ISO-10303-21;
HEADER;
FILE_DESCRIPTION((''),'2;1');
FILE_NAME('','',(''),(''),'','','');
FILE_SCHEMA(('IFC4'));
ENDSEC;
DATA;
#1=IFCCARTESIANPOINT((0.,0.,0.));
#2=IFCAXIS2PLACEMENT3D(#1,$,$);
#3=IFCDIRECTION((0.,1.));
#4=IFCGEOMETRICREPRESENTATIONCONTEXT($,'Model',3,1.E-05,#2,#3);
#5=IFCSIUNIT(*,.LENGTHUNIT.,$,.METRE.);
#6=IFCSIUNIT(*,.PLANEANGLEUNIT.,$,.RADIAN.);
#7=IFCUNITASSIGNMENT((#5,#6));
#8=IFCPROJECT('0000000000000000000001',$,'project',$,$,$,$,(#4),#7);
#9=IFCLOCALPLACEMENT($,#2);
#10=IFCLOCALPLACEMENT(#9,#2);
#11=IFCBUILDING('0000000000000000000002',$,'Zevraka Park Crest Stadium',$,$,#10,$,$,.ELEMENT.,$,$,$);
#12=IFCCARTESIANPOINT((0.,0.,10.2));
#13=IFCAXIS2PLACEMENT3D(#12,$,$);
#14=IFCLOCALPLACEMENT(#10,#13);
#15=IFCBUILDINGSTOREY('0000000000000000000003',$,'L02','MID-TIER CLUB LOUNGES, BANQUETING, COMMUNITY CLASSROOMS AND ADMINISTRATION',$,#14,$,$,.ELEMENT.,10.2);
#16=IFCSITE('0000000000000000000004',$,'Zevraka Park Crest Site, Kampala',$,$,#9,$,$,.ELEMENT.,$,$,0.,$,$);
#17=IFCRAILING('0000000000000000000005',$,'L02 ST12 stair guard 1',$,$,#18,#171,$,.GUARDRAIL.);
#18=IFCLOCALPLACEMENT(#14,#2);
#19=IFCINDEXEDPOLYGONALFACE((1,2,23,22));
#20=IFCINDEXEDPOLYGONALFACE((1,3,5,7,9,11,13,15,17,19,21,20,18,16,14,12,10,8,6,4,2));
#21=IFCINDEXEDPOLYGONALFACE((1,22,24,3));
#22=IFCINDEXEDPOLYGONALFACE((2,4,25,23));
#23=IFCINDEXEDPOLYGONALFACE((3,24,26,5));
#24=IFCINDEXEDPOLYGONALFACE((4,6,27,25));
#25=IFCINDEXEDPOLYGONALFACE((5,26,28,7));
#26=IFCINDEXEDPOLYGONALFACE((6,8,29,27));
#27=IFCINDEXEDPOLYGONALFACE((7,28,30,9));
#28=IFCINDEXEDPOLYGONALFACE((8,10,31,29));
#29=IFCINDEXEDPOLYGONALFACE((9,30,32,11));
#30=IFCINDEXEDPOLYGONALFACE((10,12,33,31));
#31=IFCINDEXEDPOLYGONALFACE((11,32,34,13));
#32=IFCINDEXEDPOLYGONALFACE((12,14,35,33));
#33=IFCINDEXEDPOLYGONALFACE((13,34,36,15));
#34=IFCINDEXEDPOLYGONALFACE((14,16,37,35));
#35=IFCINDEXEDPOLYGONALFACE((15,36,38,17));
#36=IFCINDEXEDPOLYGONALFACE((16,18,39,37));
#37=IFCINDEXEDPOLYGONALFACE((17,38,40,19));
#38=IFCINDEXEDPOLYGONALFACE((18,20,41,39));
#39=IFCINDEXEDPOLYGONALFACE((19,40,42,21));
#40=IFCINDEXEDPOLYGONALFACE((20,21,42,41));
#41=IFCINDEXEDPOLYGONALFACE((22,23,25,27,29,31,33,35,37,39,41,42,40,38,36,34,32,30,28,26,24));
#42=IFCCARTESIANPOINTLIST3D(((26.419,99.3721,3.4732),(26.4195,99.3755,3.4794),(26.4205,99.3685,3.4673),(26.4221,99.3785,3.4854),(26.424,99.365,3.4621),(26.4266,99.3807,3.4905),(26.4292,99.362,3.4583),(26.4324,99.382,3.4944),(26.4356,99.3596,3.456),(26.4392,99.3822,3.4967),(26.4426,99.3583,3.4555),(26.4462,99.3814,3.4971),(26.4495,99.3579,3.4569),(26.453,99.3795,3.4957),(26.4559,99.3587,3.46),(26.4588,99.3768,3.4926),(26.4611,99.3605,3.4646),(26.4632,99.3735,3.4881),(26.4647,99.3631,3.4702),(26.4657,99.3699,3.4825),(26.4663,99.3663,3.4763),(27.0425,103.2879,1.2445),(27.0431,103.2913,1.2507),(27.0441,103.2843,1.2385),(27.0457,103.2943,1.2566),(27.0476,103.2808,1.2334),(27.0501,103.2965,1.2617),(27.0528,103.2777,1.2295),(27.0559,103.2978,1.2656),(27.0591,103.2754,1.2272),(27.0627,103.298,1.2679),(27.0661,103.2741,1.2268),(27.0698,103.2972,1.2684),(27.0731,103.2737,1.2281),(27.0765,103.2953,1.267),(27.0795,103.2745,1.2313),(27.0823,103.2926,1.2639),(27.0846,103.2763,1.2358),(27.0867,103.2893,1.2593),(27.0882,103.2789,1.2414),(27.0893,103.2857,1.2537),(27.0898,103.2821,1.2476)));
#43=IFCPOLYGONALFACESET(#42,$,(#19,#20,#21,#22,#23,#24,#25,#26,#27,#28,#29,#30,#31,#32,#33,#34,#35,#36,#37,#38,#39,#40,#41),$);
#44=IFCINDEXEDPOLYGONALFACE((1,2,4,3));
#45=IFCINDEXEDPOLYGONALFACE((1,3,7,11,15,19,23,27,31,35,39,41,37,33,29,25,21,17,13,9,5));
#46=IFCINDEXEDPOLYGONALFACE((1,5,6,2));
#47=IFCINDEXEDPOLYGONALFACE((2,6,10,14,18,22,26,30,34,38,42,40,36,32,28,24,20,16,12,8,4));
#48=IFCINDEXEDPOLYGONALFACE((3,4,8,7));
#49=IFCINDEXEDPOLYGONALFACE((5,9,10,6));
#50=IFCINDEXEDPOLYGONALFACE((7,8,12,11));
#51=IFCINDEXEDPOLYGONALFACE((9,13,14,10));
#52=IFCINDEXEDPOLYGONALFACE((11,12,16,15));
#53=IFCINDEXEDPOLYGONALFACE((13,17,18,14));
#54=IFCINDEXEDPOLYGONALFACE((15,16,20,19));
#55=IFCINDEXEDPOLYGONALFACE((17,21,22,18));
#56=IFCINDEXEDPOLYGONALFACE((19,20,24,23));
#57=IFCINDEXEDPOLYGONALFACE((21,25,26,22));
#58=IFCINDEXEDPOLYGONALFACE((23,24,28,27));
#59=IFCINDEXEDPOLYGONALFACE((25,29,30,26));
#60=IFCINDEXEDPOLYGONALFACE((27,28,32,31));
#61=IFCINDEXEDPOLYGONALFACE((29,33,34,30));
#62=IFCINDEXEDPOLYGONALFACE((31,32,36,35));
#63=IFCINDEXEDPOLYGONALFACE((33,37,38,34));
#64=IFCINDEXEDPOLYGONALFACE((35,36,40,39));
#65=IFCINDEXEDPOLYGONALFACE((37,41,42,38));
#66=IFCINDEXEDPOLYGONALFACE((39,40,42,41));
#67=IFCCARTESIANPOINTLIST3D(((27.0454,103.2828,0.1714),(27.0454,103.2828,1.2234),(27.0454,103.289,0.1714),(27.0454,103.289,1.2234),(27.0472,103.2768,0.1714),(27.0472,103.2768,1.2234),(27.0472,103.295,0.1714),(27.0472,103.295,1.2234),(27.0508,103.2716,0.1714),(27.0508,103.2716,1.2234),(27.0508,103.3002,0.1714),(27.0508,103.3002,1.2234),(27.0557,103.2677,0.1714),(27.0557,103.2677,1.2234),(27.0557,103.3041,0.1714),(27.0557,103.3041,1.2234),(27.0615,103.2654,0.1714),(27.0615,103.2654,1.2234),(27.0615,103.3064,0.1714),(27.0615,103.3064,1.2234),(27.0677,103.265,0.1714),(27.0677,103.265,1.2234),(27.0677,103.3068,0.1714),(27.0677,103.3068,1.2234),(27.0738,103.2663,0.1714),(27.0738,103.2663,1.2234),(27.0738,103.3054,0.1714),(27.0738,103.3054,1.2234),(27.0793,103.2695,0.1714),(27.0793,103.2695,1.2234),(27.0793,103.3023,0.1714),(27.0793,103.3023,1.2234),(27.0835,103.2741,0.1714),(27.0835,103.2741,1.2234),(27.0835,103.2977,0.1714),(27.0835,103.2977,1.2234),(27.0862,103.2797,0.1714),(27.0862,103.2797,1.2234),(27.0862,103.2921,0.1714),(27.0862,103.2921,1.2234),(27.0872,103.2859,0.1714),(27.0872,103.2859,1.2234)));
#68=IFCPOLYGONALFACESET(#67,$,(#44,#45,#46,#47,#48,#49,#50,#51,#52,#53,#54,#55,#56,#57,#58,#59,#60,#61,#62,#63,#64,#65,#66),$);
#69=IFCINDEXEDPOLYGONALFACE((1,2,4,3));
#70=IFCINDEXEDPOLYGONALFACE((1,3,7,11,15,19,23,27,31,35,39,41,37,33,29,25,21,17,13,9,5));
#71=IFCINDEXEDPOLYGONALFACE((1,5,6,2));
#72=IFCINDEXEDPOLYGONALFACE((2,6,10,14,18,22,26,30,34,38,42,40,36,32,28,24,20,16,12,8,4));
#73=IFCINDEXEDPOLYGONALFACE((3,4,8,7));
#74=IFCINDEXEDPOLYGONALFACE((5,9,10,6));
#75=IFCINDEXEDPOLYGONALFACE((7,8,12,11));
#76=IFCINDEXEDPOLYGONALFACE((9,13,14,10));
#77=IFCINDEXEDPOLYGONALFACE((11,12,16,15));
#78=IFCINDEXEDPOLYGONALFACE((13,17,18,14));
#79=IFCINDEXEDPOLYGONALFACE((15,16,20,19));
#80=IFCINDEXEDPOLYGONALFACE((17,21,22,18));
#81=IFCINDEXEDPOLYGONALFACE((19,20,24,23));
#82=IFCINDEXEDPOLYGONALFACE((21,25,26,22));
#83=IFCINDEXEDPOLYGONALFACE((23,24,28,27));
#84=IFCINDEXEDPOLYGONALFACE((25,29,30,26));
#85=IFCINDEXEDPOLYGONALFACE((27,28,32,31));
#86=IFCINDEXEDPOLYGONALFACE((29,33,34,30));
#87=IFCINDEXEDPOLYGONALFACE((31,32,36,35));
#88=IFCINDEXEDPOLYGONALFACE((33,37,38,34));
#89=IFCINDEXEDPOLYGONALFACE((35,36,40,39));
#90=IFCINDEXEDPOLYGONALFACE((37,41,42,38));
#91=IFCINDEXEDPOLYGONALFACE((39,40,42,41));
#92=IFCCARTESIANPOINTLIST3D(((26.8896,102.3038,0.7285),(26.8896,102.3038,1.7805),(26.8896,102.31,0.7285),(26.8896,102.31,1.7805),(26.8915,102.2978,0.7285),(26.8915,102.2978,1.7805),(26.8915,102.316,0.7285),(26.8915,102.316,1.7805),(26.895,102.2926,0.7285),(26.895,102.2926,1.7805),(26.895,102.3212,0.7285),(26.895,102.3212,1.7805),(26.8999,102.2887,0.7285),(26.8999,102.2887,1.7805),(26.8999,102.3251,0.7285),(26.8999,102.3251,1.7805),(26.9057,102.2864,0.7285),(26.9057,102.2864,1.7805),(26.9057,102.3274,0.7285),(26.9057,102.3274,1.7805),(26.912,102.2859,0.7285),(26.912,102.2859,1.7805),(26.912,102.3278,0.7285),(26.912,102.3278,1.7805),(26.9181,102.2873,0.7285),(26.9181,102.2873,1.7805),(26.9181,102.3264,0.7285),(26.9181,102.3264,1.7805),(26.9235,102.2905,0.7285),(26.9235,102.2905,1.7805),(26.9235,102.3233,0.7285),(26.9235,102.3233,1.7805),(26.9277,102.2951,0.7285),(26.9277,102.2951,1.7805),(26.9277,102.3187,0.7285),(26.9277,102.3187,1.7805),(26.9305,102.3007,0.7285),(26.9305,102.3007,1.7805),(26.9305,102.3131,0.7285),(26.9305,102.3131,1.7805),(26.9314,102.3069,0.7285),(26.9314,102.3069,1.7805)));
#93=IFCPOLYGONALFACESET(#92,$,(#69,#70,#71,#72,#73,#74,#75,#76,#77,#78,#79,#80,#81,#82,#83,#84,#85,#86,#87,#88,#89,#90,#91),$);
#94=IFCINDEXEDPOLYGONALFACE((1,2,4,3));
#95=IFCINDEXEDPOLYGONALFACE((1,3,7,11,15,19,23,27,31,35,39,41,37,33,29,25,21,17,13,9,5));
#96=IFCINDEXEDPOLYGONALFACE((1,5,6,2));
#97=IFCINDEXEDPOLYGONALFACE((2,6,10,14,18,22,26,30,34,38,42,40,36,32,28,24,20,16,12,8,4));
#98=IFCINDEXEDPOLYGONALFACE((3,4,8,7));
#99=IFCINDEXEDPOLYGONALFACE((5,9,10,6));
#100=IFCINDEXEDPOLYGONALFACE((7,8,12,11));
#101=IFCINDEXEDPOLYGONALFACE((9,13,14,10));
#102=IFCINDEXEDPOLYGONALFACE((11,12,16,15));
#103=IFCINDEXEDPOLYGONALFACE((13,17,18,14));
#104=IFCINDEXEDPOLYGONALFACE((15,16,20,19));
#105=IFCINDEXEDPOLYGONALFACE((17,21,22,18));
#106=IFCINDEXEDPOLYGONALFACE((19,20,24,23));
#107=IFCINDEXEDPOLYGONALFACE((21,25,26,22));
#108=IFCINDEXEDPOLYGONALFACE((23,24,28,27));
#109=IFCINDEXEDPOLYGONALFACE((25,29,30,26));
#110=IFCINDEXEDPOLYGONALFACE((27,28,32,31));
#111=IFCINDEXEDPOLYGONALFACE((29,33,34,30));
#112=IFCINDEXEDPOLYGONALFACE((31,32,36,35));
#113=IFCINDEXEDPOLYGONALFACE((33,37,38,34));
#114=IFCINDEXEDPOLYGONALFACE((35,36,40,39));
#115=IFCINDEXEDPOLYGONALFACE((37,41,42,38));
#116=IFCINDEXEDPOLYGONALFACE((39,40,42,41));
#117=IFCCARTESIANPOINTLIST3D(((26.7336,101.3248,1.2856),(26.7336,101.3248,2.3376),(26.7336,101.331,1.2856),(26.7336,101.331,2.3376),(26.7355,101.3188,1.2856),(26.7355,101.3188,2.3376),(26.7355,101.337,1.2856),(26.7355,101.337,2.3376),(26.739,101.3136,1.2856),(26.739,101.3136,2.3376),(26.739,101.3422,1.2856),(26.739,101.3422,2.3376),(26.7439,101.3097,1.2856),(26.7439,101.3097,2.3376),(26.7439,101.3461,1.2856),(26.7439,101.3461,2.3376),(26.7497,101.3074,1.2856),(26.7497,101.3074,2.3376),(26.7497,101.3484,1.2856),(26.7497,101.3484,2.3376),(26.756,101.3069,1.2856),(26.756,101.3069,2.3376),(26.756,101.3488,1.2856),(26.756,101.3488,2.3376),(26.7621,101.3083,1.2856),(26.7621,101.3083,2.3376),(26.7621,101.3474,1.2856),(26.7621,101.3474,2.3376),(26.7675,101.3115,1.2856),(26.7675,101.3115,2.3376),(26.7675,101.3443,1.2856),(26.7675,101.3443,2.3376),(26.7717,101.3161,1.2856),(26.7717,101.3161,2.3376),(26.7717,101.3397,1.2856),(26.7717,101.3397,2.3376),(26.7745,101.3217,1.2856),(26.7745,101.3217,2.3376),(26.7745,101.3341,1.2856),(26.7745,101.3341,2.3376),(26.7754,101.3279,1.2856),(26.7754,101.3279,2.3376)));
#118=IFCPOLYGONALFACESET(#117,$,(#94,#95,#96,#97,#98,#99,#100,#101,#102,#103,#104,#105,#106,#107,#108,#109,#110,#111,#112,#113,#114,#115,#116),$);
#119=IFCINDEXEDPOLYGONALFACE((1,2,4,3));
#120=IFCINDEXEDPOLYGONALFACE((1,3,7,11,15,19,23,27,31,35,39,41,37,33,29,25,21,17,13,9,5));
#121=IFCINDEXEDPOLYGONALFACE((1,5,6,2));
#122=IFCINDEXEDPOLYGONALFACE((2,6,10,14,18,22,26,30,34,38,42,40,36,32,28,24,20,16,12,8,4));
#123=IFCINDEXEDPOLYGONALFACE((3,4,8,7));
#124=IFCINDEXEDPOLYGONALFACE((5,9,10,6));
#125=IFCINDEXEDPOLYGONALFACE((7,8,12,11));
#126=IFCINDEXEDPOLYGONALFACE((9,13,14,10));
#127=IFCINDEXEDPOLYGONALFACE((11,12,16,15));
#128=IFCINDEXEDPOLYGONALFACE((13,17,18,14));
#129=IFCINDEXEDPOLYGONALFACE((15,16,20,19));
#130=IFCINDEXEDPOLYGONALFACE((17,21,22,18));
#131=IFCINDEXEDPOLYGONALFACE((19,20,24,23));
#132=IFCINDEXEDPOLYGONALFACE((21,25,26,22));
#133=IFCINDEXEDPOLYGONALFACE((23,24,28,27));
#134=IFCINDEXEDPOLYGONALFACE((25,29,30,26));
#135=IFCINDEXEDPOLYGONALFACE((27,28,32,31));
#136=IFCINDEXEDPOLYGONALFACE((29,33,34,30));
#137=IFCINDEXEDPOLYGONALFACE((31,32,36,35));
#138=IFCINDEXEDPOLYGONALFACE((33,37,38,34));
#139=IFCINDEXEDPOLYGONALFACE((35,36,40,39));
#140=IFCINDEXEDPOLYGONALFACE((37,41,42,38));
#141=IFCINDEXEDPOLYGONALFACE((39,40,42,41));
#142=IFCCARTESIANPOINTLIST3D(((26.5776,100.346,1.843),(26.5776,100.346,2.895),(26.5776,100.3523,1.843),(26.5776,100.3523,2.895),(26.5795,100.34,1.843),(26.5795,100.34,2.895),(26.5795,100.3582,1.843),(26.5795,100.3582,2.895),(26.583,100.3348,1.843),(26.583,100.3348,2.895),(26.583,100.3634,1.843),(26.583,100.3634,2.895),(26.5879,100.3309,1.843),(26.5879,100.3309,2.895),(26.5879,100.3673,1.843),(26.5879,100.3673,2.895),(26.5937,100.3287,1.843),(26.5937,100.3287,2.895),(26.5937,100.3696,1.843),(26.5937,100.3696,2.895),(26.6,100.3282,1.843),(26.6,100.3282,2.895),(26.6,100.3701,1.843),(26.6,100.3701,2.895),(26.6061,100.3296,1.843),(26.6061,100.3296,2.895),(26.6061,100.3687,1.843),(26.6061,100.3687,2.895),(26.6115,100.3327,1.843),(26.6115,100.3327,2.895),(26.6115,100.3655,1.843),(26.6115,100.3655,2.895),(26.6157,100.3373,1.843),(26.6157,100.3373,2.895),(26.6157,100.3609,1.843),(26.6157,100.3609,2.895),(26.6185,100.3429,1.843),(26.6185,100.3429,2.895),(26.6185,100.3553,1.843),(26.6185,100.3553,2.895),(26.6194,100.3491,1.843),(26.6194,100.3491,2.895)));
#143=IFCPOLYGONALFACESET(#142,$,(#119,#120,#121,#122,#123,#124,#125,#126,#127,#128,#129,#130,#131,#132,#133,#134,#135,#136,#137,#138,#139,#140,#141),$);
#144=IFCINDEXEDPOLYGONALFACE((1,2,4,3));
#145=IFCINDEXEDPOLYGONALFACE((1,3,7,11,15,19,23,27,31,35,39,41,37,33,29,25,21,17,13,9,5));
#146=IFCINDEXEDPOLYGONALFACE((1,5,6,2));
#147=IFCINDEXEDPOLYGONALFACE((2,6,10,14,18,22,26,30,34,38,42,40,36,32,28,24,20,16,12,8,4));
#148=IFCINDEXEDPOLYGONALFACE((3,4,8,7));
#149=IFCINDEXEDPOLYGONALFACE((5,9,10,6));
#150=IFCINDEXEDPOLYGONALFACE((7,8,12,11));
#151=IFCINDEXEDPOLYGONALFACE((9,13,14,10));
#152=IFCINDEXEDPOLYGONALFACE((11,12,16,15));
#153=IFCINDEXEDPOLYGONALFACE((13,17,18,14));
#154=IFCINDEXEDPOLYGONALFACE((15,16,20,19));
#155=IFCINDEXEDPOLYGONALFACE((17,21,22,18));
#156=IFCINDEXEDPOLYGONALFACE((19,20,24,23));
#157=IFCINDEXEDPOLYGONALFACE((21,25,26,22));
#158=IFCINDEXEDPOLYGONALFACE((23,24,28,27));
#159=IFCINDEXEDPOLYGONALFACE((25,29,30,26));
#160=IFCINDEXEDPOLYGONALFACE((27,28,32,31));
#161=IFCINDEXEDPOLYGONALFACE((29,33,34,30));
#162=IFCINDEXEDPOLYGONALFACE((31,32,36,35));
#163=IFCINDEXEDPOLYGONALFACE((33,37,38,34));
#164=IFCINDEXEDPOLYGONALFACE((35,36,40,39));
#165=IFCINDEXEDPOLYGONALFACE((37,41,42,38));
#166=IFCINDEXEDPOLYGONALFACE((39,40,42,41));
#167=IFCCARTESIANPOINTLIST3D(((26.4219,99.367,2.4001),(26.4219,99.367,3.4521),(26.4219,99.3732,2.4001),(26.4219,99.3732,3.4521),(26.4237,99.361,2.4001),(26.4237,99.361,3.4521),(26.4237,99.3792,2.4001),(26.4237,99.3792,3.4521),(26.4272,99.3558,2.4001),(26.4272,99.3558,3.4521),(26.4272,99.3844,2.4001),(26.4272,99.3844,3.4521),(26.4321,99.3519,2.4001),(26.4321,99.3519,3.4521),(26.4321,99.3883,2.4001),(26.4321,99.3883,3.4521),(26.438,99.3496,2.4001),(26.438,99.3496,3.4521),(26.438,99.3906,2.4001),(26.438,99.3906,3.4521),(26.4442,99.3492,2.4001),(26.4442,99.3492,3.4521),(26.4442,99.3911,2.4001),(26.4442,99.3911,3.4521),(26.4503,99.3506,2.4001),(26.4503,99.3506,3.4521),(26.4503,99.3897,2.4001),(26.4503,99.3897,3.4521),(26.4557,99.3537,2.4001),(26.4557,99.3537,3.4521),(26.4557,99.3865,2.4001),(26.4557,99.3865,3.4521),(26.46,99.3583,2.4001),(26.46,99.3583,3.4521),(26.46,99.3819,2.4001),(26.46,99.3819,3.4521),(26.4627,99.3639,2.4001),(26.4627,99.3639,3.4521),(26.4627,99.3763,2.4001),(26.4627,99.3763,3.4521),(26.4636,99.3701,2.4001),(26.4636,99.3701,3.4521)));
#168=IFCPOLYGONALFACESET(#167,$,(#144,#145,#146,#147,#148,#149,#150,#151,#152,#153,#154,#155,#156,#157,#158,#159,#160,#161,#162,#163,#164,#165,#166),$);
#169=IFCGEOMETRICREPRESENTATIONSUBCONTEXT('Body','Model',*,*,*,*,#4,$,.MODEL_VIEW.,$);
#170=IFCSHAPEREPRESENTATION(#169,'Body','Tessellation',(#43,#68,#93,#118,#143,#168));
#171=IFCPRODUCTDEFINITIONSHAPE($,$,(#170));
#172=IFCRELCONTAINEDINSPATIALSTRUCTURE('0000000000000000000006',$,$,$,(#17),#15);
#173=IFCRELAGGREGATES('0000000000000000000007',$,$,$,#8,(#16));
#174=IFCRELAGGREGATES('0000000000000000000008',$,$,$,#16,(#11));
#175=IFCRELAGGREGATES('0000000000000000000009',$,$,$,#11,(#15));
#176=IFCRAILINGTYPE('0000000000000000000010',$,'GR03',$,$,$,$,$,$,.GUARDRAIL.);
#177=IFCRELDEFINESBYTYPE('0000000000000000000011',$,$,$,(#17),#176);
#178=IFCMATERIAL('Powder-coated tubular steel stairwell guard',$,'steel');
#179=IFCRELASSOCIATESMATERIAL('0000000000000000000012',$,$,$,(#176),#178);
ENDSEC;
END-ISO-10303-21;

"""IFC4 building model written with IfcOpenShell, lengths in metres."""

from ifc_helpers import new_model, si_unit, direction, frame, origin, origin_2d, place, context, subcontext, project, spatial, circle, extrude, material, type_object, element, save


model = new_model("IFC4")

# Units and contexts
model_context = context("Model", 3, precision=1e-05, world=origin(), true_north=direction((0.0, 1.0)))
body_context = subcontext(model_context, "Body", "Model", "MODEL_VIEW")
ifc_project = project(units=[si_unit("LENGTHUNIT", "METRE"), si_unit("PLANEANGLEUNIT", "RADIAN")], contexts=[model_context])

# Site, building, storey
site_placement = place(None, origin())
site = spatial("IfcSite", under=ifc_project, at=site_placement, Name="Zevraka Park Crest Site, Kampala", CompositionType="ELEMENT", RefElevation=0.0)
building_placement = place(site_placement, origin())
building = spatial("IfcBuilding", under=site, at=building_placement, Name="Zevraka Park Crest Stadium", CompositionType="ELEMENT")
storey_placement = place(building_placement, frame((0.0, 0.0, 10.2)))
storey = spatial("IfcBuildingStorey", under=building, at=storey_placement, Name="L02", Description="MID-TIER CLUB LOUNGES, BANQUETING, COMMUNITY CLASSROOMS AND ADMINISTRATION", CompositionType="ELEMENT", Elevation=10.2)

# Railing
ifc_material_1 = material(Name="Powder-coated tubular steel stairwell guard", Category="steel")
railing_type_1 = type_object("IfcRailingType", Name="GR03", PredefinedType="GUARDRAIL", material=ifc_material_1)
railing_1_placement = place(storey_placement, frame((27.0662, 103.2859, 0.1714)))
element("IfcRailing", 1, at=railing_1_placement, inside=storey, type_object=railing_type_1, Name="L02 ST12 stair guard 1", PredefinedType="GUARDRAIL", context=body_context, shape_type="SweptSolid", body=[
    extrude(circle(Radius=0.0239, at=origin_2d()), frame((0.0, 0.0, 1.0762), z_axis=(-0.137084, -0.860881, 0.489992), x_axis=(0.987558, -0.157256, 0.0)), (0.0, 0.0, 1.0), 4.5486),
    extrude(circle(Radius=0.021, at=origin_2d()), origin(), (0.0, 0.0, 1.0), 1.052),
    extrude(circle(Radius=0.021, at=origin_2d()), frame((-0.1558, -0.979, 0.5571)), (0.0, 0.0, 1.0), 1.052),
    extrude(circle(Radius=0.021, at=origin_2d()), frame((-0.3118, -1.958, 1.1143)), (0.0, 0.0, 1.0), 1.052),
    extrude(circle(Radius=0.021, at=origin_2d()), frame((-0.4678, -2.9368, 1.6716)), (0.0, 0.0, 1.0), 1.052),
    extrude(circle(Radius=0.021, at=origin_2d()), frame((-0.6235, -3.9158, 2.2288)), (0.0, 0.0, 1.0), 1.052),
])

save(model, "model.ifc")
